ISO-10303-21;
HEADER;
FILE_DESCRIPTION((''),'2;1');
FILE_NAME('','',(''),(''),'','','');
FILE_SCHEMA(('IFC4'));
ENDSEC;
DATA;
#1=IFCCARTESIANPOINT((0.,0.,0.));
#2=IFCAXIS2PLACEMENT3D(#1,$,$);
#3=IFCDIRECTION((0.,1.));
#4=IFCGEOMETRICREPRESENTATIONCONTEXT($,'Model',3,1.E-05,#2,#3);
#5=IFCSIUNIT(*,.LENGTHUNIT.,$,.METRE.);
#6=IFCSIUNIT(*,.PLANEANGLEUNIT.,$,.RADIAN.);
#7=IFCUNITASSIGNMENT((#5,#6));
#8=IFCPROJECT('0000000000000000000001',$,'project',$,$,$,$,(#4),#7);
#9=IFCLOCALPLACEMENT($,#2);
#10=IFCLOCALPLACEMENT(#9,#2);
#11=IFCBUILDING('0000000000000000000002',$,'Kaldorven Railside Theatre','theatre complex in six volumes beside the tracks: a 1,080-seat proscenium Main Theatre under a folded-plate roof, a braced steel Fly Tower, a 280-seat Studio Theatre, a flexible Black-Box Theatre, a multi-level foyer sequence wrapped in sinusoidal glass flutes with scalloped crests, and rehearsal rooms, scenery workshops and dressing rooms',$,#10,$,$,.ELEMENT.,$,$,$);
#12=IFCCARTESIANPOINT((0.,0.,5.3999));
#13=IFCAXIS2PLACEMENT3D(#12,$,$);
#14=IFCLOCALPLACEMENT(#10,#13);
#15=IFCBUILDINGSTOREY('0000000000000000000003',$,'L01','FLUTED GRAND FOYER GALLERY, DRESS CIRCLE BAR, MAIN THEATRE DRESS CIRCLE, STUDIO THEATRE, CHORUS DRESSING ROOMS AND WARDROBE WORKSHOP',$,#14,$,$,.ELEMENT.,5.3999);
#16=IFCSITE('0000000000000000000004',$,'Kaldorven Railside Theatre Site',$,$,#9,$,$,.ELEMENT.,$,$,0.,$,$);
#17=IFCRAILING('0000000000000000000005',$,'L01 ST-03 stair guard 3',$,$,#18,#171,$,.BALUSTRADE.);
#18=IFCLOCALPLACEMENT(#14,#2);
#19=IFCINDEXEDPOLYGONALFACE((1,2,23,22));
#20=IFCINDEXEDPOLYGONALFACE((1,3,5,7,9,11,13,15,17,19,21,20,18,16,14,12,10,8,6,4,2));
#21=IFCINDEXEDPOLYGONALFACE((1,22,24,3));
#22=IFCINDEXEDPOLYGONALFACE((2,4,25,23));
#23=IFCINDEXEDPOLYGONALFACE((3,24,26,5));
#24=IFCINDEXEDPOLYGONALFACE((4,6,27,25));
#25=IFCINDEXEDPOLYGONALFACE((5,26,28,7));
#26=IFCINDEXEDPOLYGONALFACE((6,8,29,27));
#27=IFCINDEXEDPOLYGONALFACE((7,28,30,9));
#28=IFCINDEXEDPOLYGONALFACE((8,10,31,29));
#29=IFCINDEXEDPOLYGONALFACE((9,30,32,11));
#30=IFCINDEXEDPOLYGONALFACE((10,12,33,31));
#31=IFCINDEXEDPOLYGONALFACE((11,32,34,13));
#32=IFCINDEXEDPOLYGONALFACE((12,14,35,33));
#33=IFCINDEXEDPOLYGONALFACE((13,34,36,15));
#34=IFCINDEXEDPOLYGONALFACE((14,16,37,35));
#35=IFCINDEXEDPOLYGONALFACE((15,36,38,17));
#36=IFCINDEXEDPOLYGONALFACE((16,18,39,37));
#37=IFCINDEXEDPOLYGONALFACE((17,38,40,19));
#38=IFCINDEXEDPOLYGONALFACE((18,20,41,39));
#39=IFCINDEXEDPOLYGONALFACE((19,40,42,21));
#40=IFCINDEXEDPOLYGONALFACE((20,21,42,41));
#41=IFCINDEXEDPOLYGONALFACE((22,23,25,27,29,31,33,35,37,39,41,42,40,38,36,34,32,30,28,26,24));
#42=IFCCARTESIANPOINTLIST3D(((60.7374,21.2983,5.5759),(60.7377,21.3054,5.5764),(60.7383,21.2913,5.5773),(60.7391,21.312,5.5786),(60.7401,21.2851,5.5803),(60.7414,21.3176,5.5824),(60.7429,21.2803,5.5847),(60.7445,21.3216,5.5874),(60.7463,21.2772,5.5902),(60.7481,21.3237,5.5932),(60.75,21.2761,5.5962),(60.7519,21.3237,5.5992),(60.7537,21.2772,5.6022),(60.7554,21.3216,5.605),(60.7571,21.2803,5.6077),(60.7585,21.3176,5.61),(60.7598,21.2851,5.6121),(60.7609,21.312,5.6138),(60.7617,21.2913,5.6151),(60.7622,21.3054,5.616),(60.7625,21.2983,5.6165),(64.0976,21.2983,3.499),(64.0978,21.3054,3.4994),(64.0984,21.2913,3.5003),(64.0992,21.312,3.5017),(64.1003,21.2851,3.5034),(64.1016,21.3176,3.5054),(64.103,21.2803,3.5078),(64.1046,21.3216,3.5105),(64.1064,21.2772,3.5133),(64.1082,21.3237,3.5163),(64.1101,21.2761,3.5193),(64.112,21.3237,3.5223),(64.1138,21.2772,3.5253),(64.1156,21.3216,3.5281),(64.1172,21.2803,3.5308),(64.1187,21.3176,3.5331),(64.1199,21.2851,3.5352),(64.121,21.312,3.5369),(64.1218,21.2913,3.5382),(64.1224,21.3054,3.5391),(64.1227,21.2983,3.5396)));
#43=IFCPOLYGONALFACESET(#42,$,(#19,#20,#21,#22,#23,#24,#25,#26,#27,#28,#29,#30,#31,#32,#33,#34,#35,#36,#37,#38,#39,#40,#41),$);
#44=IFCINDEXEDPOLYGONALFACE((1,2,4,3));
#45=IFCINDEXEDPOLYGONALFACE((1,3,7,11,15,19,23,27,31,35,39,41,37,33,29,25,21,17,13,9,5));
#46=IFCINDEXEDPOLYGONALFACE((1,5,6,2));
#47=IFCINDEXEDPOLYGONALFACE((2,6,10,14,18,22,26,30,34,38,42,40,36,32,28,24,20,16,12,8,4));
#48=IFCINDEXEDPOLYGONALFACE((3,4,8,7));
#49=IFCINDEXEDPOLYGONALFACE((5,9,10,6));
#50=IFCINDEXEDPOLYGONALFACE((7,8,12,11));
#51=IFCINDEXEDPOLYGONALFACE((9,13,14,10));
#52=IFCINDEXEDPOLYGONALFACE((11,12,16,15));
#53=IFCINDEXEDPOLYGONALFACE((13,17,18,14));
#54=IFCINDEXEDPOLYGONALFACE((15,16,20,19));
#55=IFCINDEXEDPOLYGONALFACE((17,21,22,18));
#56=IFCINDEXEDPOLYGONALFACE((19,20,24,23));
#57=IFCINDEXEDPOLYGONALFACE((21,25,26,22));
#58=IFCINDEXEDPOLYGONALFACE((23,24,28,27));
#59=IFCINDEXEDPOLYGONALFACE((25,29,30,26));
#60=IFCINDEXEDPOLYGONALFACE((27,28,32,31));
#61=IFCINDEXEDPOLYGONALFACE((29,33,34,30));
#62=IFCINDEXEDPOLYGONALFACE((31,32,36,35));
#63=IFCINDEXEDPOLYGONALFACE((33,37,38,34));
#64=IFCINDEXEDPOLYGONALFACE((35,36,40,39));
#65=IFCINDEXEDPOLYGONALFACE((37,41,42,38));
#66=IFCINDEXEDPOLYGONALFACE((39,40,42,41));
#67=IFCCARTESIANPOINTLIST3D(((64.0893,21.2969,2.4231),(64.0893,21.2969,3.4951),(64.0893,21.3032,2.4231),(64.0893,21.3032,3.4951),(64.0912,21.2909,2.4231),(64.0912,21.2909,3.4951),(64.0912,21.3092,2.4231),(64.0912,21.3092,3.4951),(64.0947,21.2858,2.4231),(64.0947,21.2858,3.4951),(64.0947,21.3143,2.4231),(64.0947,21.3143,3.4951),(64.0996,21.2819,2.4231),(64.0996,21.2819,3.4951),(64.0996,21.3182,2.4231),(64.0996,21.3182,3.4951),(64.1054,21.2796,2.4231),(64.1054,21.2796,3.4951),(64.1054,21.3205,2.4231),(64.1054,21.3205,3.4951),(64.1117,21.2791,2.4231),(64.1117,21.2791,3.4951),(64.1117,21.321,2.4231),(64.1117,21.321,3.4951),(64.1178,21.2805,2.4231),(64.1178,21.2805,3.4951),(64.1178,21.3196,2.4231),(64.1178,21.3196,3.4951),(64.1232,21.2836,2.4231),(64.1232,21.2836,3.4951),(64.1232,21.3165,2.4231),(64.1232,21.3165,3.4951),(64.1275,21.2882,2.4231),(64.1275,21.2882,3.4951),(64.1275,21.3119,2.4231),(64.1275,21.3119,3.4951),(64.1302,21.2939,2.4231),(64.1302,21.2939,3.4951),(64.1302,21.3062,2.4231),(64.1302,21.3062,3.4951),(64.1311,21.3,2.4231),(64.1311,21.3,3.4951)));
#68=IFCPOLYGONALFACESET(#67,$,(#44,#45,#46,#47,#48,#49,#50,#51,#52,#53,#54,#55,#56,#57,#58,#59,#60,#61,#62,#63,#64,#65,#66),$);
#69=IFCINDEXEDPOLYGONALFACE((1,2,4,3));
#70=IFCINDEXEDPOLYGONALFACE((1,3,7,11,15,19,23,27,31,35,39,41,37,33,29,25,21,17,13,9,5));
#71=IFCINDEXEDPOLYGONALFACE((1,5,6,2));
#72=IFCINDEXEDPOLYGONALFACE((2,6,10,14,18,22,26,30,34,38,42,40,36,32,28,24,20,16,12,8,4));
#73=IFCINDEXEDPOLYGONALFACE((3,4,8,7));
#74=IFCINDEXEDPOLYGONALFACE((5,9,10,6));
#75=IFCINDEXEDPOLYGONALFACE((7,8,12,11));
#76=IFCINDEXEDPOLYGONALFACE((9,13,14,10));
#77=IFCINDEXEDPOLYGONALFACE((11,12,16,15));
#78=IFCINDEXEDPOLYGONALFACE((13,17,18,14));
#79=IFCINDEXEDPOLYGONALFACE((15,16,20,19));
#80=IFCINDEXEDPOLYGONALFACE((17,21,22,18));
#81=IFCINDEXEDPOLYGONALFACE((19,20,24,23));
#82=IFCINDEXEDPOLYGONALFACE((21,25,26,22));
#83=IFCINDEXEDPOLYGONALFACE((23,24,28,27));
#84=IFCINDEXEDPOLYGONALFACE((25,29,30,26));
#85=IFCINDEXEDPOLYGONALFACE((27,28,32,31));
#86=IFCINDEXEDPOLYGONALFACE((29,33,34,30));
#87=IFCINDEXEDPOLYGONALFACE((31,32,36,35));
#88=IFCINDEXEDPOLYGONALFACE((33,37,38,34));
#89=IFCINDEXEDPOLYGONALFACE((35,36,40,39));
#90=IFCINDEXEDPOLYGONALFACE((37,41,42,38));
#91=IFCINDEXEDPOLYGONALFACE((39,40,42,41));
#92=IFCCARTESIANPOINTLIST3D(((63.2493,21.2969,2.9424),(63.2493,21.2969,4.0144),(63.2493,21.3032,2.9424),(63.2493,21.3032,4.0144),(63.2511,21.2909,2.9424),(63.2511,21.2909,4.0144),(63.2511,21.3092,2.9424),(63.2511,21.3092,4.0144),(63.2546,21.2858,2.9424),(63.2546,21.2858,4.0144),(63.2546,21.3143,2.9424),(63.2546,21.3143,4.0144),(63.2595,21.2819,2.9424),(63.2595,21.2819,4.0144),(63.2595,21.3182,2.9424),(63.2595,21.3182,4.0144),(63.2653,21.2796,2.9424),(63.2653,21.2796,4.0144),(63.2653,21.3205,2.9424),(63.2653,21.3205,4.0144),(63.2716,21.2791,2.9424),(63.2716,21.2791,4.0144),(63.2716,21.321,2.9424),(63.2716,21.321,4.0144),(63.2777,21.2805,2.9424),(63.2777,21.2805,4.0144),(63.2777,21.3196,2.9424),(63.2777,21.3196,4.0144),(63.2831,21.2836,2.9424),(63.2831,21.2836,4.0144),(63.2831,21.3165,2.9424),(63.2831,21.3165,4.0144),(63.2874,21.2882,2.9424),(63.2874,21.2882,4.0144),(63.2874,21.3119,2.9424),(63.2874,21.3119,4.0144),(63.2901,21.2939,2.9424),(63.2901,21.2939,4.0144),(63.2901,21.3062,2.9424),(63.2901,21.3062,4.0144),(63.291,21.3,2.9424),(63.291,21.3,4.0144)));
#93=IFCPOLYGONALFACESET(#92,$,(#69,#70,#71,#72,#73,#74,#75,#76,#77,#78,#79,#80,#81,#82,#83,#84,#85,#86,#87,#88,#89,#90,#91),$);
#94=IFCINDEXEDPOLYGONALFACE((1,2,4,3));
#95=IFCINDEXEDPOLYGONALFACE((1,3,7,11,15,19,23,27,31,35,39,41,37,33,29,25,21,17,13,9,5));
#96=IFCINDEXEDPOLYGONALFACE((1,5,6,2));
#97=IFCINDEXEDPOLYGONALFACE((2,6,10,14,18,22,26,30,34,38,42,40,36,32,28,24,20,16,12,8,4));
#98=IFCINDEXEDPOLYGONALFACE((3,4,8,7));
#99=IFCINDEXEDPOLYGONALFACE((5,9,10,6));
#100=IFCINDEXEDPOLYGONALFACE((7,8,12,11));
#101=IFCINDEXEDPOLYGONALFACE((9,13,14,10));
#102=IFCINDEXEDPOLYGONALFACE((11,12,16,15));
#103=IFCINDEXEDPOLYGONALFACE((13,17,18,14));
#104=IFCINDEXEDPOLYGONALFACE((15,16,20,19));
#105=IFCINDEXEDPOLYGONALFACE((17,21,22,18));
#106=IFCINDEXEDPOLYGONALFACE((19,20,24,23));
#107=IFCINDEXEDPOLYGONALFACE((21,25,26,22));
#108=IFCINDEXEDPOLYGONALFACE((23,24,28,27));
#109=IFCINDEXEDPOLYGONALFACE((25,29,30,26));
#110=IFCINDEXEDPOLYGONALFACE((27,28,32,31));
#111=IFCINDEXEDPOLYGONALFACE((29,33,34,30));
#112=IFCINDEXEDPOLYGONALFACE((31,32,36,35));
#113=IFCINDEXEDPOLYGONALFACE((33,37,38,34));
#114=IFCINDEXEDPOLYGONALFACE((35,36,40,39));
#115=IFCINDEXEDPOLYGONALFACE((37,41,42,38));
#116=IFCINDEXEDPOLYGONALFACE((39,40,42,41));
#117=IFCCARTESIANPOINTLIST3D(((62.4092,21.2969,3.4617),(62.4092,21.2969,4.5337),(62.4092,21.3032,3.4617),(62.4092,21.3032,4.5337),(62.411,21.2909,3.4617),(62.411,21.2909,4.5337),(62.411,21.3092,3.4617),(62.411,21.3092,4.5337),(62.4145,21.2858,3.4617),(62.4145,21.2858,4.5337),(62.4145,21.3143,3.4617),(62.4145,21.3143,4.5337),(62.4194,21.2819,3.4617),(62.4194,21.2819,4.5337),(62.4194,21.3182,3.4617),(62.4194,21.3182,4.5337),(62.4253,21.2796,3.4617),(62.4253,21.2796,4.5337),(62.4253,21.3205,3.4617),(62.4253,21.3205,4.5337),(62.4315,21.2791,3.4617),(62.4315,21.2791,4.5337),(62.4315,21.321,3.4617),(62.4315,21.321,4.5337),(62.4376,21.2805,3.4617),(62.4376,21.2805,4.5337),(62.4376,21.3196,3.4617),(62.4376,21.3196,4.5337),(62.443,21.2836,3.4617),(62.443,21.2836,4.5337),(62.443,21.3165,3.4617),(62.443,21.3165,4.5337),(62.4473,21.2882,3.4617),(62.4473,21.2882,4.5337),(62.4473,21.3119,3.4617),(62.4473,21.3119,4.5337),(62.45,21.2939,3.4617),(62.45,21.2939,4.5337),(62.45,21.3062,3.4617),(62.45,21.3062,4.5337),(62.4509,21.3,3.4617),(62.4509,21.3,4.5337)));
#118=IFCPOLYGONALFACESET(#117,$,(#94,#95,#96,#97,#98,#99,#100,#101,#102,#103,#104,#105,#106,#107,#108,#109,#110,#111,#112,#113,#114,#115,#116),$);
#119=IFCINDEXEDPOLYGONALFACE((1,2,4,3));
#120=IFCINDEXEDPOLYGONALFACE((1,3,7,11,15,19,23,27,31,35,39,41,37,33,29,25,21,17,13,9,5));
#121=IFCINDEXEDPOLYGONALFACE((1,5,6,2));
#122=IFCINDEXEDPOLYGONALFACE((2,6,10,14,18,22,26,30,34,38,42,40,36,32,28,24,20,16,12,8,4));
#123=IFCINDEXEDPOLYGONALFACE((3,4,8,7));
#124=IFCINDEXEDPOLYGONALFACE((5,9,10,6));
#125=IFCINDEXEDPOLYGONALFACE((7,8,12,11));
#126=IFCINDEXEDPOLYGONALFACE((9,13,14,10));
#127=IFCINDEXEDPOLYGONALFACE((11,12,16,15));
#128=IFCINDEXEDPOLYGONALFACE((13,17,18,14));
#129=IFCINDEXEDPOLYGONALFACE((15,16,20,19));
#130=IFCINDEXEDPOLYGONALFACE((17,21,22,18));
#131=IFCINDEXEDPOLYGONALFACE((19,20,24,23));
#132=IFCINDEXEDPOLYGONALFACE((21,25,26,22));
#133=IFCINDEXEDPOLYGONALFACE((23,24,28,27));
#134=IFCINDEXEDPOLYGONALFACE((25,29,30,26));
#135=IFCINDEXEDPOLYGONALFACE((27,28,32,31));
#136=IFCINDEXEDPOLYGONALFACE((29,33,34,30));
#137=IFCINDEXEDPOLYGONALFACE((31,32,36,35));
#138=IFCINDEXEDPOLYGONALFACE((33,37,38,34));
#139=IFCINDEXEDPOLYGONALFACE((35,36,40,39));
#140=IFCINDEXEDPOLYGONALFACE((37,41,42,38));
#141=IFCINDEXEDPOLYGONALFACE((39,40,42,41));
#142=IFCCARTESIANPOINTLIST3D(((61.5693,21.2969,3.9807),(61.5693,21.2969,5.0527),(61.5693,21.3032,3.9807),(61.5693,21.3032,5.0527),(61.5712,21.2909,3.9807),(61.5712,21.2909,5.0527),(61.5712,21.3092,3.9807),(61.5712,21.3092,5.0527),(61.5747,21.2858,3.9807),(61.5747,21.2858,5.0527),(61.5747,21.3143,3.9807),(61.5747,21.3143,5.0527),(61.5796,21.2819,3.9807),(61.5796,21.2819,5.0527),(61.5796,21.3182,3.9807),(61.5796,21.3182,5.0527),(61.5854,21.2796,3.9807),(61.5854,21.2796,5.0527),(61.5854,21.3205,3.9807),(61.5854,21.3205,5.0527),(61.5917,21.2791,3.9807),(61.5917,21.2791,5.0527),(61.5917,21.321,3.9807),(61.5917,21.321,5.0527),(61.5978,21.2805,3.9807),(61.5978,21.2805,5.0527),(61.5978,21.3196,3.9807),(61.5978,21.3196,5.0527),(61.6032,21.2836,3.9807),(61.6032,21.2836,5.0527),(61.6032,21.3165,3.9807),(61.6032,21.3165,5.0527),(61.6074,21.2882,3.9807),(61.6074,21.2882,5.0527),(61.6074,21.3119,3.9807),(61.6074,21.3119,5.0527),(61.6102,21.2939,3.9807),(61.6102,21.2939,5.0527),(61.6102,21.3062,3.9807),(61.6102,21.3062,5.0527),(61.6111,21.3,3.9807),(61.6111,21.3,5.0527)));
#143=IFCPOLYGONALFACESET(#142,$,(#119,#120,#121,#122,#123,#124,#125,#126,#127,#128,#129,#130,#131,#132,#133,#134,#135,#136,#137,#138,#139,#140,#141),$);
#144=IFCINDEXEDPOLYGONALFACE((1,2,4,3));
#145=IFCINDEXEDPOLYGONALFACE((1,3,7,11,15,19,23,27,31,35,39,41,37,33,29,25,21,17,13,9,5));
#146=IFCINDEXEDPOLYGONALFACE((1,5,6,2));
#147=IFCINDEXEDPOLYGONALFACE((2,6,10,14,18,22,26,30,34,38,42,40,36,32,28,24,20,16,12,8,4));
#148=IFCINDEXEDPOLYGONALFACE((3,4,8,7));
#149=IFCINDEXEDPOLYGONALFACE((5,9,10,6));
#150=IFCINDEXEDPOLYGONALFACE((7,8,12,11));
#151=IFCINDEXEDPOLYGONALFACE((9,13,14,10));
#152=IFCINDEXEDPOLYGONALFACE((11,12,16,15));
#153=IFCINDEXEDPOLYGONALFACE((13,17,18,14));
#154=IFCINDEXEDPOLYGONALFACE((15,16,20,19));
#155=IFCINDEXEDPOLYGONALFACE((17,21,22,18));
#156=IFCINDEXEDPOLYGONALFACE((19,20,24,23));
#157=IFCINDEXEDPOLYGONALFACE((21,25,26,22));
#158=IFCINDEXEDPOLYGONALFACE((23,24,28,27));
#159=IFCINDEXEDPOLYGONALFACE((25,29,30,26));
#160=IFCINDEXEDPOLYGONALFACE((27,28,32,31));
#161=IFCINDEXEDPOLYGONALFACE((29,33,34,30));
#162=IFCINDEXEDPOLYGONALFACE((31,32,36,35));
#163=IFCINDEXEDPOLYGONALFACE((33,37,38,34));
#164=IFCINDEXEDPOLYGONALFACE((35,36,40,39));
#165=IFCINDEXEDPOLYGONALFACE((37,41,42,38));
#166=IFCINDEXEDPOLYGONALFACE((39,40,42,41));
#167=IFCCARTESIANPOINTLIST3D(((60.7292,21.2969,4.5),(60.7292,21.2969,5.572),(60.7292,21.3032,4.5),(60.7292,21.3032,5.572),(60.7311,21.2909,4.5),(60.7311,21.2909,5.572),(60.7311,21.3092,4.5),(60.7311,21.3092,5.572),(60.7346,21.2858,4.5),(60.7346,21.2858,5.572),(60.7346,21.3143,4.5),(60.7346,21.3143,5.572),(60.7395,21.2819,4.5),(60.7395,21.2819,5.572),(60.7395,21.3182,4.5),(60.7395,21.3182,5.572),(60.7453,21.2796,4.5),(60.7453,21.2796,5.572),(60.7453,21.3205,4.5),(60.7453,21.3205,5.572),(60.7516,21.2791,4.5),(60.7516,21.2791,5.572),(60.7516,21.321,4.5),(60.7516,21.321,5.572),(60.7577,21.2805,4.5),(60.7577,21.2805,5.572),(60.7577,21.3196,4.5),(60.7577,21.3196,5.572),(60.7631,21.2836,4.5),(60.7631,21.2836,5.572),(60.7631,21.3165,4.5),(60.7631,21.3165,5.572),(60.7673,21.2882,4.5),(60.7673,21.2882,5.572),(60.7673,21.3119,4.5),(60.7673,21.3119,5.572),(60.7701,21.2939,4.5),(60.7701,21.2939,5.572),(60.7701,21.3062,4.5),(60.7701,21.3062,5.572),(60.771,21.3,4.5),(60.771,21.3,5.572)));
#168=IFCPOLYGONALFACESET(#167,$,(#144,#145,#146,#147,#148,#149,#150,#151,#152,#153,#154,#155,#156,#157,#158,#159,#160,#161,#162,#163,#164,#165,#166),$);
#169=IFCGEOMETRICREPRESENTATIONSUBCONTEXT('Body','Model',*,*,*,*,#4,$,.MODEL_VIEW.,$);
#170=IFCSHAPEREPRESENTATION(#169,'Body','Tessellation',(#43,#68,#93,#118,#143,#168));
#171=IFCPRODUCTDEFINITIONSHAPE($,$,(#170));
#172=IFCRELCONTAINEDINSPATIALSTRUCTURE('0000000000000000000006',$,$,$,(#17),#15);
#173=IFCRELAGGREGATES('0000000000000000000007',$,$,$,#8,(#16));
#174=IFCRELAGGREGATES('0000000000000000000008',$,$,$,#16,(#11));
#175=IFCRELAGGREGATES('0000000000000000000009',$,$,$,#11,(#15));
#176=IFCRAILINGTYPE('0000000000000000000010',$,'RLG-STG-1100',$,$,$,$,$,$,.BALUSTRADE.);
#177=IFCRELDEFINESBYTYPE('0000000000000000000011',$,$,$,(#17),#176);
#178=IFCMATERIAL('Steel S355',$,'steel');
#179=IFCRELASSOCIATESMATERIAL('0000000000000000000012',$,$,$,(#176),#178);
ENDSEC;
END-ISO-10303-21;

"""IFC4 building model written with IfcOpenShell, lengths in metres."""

from ifc_helpers import new_model, si_unit, direction, frame, origin, origin_2d, place, context, subcontext, project, spatial, circle, extrude, material, type_object, element, save


model = new_model("IFC4")

# Units and contexts
model_context = context("Model", 3, precision=1e-05, world=origin(), true_north=direction((0.0, 1.0)))
body_context = subcontext(model_context, "Body", "Model", "MODEL_VIEW")
ifc_project = project(units=[si_unit("LENGTHUNIT", "METRE"), si_unit("PLANEANGLEUNIT", "RADIAN")], contexts=[model_context])

# Site, building, storey
site_placement = place(None, origin())
site = spatial("IfcSite", under=ifc_project, at=site_placement, Name="Kaldorven Railside Theatre Site", CompositionType="ELEMENT", RefElevation=0.0)
building_placement = place(site_placement, origin())
building = spatial("IfcBuilding", under=site, at=building_placement, Name="Kaldorven Railside Theatre", Description="theatre complex in six volumes beside the tracks: a 1,080-seat proscenium Main Theatre under a folded-plate roof, a braced steel Fly Tower, a 280-seat Studio Theatre, a flexible Black-Box Theatre, a multi-level foyer sequence wrapped in sinusoidal glass flutes with scalloped crests, and rehearsal rooms, scenery workshops and dressing rooms", CompositionType="ELEMENT")
storey_placement = place(building_placement, frame((0.0, 0.0, 5.3999)))
storey = spatial("IfcBuildingStorey", under=building, at=storey_placement, Name="L01", Description="FLUTED GRAND FOYER GALLERY, DRESS CIRCLE BAR, MAIN THEATRE DRESS CIRCLE, STUDIO THEATRE, CHORUS DRESSING ROOMS AND WARDROBE WORKSHOP", CompositionType="ELEMENT", Elevation=5.3999)

# Shared definitions
ifc_material_1 = material(Name="Steel S355", Category="steel")

# Railing
railing_type_1 = type_object("IfcRailingType", Name="RLG-STG-1100", PredefinedType="BALUSTRADE", material=ifc_material_1)
railing_1_placement = place(storey_placement, frame((64.1101, 21.3, 2.4231)))
element("IfcRailing", 1, at=railing_1_placement, inside=storey, type_object=railing_type_1, Name="L01 ST-03 stair guard 3", PredefinedType="BALUSTRADE", context=body_context, shape_type="SweptSolid", body=[
    extrude(circle(Radius=0.0239, at=origin_2d()), frame((0.0, 0.0, 1.0962), z_axis=(-0.850623, 0.0, 0.525776), x_axis=(0.0, -1.0, 0.0)), (0.0, 0.0, 1.0), 3.9502),
    extrude(circle(Radius=0.021, at=origin_2d()), origin(), (0.0, 0.0, 1.0), 1.072),
    extrude(circle(Radius=0.021, at=origin_2d()), frame((-0.8401, 0.0, 0.5193)), (0.0, 0.0, 1.0), 1.072),
    extrude(circle(Radius=0.021, at=origin_2d()), frame((-1.6802, 0.0, 1.0386)), (0.0, 0.0, 1.0), 1.072),
    extrude(circle(Radius=0.021, at=origin_2d()), frame((-2.52, 0.0, 1.5576)), (0.0, 0.0, 1.0), 1.072),
    extrude(circle(Radius=0.021, at=origin_2d()), frame((-3.3601, 0.0, 2.0769)), (0.0, 0.0, 1.0), 1.072),
])

save(model, "model.ifc")
